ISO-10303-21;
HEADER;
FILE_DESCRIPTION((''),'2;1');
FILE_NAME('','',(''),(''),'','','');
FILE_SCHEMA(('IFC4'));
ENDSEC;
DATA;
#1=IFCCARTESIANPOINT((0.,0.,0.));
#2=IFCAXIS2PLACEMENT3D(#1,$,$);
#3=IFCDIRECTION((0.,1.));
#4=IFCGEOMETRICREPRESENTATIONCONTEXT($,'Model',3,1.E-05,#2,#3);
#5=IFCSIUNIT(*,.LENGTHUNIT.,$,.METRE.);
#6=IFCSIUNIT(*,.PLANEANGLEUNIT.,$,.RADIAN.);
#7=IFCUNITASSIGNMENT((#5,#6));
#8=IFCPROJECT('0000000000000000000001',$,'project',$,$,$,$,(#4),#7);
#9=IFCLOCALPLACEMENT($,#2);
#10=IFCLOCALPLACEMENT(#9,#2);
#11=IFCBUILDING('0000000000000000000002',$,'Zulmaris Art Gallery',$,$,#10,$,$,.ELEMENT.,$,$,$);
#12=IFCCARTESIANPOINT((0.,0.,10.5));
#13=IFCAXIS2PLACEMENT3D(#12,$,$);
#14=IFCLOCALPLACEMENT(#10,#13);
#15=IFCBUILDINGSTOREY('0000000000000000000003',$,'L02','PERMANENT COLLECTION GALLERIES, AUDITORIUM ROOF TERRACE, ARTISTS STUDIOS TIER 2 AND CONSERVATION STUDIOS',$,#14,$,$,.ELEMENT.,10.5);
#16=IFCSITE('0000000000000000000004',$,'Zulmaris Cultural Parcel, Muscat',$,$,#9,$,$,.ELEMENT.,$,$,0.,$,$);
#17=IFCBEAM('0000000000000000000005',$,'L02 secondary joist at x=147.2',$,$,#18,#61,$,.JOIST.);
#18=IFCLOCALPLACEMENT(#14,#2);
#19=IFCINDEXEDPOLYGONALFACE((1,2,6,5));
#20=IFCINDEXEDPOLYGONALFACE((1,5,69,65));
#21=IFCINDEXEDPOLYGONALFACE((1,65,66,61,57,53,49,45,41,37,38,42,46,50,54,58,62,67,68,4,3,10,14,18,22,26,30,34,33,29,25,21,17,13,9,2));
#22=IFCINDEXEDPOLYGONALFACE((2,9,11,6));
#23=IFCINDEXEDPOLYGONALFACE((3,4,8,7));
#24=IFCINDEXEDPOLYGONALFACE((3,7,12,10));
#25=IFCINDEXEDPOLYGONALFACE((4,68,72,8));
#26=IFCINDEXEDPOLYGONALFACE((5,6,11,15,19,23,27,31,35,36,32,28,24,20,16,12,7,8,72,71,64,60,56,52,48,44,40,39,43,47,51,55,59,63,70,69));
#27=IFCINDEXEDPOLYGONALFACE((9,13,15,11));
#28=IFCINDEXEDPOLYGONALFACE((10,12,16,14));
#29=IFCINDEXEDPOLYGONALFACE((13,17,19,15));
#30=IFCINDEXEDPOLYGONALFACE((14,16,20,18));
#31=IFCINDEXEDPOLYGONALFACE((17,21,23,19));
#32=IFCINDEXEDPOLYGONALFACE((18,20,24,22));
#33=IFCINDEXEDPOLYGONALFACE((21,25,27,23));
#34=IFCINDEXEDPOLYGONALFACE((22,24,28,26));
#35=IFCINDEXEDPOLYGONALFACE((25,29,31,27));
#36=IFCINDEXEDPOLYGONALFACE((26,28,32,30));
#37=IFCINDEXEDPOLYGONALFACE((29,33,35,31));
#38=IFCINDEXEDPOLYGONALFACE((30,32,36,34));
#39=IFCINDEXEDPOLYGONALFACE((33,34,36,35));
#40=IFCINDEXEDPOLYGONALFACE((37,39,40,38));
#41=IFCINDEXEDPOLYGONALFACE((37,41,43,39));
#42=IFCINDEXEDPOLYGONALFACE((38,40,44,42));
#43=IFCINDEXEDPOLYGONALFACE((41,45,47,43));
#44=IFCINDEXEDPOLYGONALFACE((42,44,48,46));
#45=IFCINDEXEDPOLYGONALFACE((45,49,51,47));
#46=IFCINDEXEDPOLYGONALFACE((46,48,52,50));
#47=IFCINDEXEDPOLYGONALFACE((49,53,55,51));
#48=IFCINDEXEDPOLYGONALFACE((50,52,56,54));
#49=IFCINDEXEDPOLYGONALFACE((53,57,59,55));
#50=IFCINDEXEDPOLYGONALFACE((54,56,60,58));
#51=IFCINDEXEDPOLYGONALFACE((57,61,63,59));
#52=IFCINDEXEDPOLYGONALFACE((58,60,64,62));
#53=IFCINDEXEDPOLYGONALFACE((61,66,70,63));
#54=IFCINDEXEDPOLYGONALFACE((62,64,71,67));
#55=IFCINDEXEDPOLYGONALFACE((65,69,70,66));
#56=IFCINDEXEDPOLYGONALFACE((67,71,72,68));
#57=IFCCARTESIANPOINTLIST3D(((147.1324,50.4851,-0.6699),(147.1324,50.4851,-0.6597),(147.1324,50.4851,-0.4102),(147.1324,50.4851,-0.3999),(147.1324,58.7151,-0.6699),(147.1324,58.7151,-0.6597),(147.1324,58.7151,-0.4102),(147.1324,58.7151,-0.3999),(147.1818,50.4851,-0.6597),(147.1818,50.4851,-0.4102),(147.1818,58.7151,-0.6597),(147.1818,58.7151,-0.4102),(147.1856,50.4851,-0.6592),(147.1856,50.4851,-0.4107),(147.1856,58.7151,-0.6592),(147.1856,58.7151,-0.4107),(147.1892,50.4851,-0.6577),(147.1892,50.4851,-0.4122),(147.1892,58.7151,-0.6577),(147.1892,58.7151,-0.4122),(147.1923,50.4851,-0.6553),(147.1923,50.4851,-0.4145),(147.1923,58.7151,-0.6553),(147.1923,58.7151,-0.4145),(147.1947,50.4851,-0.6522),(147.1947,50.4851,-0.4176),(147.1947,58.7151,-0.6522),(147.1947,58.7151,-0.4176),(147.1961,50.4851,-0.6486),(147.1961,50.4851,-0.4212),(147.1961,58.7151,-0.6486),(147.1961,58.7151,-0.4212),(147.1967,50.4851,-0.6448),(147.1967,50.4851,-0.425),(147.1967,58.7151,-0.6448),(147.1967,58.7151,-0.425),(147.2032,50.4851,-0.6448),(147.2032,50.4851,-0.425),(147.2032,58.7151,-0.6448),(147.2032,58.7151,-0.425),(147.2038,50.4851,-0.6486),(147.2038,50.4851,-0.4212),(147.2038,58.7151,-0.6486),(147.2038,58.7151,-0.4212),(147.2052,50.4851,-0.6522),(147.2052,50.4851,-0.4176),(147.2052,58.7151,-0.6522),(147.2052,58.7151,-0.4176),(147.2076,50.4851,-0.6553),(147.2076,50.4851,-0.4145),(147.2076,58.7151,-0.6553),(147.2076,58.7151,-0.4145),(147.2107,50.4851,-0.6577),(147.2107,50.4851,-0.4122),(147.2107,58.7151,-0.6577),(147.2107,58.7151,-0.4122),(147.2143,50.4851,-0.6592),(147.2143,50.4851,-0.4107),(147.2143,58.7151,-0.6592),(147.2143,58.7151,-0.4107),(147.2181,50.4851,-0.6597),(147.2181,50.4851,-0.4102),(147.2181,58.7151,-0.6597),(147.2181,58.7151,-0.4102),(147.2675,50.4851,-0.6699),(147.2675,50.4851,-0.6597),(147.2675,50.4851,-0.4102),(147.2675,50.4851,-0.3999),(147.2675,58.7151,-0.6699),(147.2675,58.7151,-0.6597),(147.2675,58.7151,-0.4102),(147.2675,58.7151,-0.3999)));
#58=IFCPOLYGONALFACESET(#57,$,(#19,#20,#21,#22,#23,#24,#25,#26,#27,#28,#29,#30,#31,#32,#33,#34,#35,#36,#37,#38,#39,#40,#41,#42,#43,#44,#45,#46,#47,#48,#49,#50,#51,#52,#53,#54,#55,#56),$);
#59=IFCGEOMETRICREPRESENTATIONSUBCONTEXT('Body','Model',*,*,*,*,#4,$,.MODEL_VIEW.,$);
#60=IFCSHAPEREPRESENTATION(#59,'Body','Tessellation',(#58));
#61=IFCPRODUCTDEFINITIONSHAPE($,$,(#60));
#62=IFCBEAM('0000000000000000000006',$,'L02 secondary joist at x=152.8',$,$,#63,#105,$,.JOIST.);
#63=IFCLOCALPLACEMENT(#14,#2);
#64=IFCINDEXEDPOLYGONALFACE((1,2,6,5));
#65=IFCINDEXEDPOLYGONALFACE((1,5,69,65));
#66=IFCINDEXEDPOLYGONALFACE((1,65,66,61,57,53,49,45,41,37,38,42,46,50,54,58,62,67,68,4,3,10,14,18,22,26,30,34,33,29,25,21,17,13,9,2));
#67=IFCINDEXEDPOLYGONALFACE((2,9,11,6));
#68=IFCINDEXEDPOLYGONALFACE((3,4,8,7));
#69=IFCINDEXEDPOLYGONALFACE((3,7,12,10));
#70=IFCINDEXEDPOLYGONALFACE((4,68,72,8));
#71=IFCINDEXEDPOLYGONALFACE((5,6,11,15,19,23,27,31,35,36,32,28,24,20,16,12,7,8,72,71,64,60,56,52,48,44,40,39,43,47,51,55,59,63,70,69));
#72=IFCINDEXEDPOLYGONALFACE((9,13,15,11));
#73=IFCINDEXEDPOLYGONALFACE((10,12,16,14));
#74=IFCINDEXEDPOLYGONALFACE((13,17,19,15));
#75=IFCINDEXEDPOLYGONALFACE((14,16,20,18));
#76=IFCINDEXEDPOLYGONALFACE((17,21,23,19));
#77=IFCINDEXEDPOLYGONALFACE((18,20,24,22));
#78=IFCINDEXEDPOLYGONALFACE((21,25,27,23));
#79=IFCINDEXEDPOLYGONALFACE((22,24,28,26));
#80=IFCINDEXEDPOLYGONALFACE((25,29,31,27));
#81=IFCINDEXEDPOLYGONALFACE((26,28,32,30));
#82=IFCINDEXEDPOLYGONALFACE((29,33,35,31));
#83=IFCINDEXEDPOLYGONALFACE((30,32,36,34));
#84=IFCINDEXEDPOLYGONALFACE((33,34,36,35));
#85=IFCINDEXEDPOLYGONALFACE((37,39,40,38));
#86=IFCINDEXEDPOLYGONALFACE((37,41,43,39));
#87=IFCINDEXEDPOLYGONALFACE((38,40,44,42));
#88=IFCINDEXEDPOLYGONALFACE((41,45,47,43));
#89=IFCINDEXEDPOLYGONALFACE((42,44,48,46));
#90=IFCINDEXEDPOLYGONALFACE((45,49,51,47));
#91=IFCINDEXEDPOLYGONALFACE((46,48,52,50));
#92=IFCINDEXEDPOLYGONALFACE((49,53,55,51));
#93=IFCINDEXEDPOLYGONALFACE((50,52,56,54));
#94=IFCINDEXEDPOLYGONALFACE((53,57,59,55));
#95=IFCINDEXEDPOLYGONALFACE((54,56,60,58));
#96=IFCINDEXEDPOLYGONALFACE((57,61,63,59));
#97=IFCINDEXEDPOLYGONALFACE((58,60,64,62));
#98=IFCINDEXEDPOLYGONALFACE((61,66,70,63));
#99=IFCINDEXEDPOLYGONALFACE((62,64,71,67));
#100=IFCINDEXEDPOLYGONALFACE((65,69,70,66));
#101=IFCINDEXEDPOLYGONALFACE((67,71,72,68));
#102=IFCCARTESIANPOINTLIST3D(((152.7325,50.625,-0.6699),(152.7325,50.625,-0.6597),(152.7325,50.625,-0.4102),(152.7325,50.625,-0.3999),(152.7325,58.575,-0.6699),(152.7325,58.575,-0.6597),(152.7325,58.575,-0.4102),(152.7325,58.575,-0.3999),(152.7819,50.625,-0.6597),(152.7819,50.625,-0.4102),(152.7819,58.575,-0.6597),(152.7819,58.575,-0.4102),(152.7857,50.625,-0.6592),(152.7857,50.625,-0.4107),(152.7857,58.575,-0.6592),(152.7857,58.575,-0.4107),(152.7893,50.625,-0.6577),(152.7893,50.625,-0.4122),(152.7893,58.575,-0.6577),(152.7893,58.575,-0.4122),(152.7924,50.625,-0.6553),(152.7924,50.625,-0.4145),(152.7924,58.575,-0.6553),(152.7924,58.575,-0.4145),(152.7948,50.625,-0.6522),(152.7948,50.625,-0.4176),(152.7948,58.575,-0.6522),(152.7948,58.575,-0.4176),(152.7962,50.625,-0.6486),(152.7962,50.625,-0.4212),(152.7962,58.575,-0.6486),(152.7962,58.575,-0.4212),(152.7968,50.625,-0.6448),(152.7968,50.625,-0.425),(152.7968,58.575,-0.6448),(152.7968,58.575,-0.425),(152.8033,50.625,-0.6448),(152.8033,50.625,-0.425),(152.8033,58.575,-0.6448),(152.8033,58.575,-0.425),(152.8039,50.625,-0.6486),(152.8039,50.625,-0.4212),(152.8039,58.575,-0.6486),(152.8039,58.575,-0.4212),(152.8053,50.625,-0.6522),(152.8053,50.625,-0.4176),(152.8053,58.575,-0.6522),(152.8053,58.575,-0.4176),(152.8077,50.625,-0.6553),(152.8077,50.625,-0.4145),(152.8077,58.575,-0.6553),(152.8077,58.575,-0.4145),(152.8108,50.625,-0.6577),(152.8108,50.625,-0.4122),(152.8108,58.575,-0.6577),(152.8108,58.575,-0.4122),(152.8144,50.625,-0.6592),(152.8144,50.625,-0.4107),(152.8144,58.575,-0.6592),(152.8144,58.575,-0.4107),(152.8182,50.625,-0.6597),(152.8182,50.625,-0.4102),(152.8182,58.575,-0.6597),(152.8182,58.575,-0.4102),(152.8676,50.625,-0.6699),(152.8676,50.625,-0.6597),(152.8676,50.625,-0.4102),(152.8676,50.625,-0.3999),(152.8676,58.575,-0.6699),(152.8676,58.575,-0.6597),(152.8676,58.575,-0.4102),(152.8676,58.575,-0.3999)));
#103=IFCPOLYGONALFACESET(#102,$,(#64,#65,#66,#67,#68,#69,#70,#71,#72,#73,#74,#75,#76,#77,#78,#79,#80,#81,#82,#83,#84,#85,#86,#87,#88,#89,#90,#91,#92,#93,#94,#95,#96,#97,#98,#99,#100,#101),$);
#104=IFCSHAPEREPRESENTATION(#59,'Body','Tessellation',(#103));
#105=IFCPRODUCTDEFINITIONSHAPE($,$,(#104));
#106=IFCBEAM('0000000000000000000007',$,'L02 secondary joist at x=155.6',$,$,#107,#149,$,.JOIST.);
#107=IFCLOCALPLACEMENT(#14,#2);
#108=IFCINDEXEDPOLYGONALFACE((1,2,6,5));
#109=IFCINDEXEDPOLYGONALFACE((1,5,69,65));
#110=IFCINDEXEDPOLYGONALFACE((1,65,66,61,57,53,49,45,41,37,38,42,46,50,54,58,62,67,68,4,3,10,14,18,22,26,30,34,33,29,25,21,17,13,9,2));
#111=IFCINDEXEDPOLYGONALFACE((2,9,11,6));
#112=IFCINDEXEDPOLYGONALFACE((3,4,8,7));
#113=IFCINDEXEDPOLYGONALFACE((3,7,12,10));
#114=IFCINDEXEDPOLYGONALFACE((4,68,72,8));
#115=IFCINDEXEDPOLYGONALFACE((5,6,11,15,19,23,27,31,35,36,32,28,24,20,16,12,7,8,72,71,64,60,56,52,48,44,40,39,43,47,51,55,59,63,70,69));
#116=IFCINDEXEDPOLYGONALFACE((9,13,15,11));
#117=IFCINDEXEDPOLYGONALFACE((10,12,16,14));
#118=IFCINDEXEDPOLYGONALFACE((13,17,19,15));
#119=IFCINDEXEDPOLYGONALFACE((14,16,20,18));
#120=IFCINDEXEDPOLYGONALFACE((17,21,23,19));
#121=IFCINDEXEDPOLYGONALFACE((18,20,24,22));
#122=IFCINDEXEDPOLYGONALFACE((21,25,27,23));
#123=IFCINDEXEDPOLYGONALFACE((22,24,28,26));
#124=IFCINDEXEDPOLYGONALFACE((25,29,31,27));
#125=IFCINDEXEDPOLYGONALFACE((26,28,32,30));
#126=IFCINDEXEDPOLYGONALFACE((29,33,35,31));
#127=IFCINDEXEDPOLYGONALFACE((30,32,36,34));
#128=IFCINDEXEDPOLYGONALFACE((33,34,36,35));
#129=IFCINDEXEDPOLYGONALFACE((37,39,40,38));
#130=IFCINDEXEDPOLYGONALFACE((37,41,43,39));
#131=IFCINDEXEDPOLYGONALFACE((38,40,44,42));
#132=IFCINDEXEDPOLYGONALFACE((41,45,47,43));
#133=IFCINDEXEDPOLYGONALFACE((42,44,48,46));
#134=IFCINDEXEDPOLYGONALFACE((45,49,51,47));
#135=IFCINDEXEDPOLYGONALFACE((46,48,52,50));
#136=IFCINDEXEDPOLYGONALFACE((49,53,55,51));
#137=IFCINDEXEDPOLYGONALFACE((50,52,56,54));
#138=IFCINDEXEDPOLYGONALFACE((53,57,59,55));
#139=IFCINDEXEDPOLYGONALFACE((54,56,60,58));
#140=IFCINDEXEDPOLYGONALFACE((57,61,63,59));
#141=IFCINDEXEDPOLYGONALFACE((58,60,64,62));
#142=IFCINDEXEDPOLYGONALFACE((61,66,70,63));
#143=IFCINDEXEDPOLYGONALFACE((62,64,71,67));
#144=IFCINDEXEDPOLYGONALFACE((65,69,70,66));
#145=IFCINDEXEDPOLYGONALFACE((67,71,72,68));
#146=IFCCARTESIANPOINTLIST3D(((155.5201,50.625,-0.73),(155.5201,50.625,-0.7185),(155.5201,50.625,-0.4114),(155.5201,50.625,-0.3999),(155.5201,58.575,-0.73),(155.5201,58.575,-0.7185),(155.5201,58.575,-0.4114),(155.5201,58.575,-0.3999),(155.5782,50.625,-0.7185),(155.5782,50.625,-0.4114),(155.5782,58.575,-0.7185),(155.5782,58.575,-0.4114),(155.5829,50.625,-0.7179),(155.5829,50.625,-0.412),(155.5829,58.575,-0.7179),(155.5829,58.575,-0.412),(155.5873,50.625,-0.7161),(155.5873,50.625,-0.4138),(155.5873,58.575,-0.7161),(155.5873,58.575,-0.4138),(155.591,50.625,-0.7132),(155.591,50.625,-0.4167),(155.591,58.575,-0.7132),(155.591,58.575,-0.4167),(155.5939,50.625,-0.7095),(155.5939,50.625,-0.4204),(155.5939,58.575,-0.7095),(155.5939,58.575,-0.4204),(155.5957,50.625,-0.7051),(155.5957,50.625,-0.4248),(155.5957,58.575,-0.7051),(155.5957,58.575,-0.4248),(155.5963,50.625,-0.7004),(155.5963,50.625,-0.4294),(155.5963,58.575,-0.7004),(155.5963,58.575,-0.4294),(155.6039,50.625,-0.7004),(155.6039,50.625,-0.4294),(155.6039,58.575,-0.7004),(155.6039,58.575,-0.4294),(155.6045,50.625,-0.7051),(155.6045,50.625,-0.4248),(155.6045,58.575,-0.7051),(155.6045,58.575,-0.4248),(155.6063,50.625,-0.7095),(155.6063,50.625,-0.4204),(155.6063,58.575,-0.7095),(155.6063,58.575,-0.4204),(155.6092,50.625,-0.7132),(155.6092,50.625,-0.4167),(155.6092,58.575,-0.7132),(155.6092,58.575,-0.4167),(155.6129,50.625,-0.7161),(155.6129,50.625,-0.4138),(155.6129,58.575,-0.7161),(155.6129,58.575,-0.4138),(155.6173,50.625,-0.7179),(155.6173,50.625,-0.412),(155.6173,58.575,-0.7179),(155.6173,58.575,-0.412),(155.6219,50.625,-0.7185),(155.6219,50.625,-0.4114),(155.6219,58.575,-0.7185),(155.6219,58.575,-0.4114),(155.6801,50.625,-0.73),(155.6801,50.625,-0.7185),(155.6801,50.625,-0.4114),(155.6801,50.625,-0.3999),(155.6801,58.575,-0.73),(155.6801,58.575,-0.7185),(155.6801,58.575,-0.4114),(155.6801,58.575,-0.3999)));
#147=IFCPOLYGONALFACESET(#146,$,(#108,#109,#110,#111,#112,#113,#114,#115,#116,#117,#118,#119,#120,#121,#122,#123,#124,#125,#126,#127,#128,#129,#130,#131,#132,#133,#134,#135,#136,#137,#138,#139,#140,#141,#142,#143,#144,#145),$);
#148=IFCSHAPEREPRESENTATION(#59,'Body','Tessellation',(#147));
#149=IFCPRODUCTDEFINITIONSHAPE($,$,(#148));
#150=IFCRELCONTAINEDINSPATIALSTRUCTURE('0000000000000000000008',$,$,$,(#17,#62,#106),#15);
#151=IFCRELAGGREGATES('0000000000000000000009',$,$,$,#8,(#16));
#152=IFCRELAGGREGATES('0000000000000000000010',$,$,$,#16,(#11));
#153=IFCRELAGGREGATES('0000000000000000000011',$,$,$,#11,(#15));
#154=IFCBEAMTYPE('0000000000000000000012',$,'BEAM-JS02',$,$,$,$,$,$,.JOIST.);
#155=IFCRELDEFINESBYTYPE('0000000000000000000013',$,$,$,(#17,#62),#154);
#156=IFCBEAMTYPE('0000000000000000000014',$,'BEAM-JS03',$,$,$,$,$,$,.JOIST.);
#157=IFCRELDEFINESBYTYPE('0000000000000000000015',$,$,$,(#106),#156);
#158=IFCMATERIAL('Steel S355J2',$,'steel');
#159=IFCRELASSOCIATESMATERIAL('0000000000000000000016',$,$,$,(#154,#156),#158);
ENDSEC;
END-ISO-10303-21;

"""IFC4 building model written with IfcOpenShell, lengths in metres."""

from ifc_helpers import new_model, si_unit, direction, frame, origin, origin_2d, place, context, subcontext, project, spatial, i_section, extrude, material, material_profile, profile_set, type_object, element, save


model = new_model("IFC4")

# Units and contexts
model_context = context("Model", 3, precision=1e-05, world=origin(), true_north=direction((0.0, 1.0)))
body_context = subcontext(model_context, "Body", "Model", "MODEL_VIEW")
ifc_project = project(units=[si_unit("LENGTHUNIT", "METRE"), si_unit("PLANEANGLEUNIT", "RADIAN")], contexts=[model_context])

# Site, building, storey
site_placement = place(None, origin())
site = spatial("IfcSite", under=ifc_project, at=site_placement, Name="Zulmaris Cultural Parcel, Muscat", CompositionType="ELEMENT", RefElevation=0.0)
building_placement = place(site_placement, origin())
building = spatial("IfcBuilding", under=site, at=building_placement, Name="Zulmaris Art Gallery", CompositionType="ELEMENT")
storey_placement = place(building_placement, frame((0.0, 0.0, 10.5)))
storey = spatial("IfcBuildingStorey", under=building, at=storey_placement, Name="L02", Description="PERMANENT COLLECTION GALLERIES, AUDITORIUM ROOF TERRACE, ARTISTS STUDIOS TIER 2 AND CONSERVATION STUDIOS", CompositionType="ELEMENT", Elevation=10.5)

# Beams
ifc_material_1 = material(Name="Steel S355J2", Category="steel")
ifc_material_profile_1 = material_profile(ifc_material_1, i_section(OverallWidth=0.135, OverallDepth=0.27, WebThickness=0.0066, FlangeThickness=0.0103, FilletRadius=0.0149, at=origin_2d()), Name="IPE 270")
ifc_profile_set_1 = profile_set([ifc_material_profile_1], Name="Steel S355J2")
beam_type_1 = type_object("IfcBeamType", Name="BEAM-JS02", PredefinedType="JOIST", material=ifc_profile_set_1)
beam_1_placement = place(storey_placement, frame((147.2, 50.4851, -0.5349), z_axis=(0.0, 1.0, 0.0), x_axis=(-1.0, 0.0, 0.0)))
element("IfcBeam", 1, at=beam_1_placement, inside=storey, type_object=beam_type_1, Name="L02 secondary joist at x=147.2", PredefinedType="JOIST", context=body_context, shape_type="SweptSolid", body=[
    extrude(i_section(OverallWidth=0.135, OverallDepth=0.27, WebThickness=0.0066, FlangeThickness=0.0103, FilletRadius=0.0149, at=origin_2d()), origin(), (0.0, 0.0, 1.0), 8.23),
])
beam_2_placement = place(storey_placement, frame((152.8, 50.625, -0.5349), z_axis=(0.0, 1.0, 0.0), x_axis=(-1.0, 0.0, 0.0)))
element("IfcBeam", 2, at=beam_2_placement, inside=storey, type_object=beam_type_1, Name="L02 secondary joist at x=152.8", PredefinedType="JOIST", context=body_context, shape_type="SweptSolid", body=[
    extrude(i_section(OverallWidth=0.135, OverallDepth=0.27, WebThickness=0.0066, FlangeThickness=0.0103, FilletRadius=0.0149, at=origin_2d()), origin(), (0.0, 0.0, 1.0), 7.95),
])
ifc_material_profile_2 = material_profile(ifc_material_1, i_section(OverallWidth=0.1599, OverallDepth=0.3301, WebThickness=0.0076, FlangeThickness=0.0115, FilletRadius=0.0181, at=origin_2d()), Name="IPE 330")
ifc_profile_set_2 = profile_set([ifc_material_profile_2], Name="Steel S355J2")
beam_type_2 = type_object("IfcBeamType", Name="BEAM-JS03", PredefinedType="JOIST", material=ifc_profile_set_2)
beam_3_placement = place(storey_placement, frame((155.6001, 50.625, -0.5649), z_axis=(0.0, 1.0, 0.0), x_axis=(-1.0, 0.0, 0.0)))
element("IfcBeam", 3, at=beam_3_placement, inside=storey, type_object=beam_type_2, Name="L02 secondary joist at x=155.6", PredefinedType="JOIST", context=body_context, shape_type="SweptSolid", body=[
    extrude(i_section(OverallWidth=0.1599, OverallDepth=0.3301, WebThickness=0.0076, FlangeThickness=0.0115, FilletRadius=0.0181, at=origin_2d()), origin(), (0.0, 0.0, 1.0), 7.95),
])

save(model, "model.ifc")
